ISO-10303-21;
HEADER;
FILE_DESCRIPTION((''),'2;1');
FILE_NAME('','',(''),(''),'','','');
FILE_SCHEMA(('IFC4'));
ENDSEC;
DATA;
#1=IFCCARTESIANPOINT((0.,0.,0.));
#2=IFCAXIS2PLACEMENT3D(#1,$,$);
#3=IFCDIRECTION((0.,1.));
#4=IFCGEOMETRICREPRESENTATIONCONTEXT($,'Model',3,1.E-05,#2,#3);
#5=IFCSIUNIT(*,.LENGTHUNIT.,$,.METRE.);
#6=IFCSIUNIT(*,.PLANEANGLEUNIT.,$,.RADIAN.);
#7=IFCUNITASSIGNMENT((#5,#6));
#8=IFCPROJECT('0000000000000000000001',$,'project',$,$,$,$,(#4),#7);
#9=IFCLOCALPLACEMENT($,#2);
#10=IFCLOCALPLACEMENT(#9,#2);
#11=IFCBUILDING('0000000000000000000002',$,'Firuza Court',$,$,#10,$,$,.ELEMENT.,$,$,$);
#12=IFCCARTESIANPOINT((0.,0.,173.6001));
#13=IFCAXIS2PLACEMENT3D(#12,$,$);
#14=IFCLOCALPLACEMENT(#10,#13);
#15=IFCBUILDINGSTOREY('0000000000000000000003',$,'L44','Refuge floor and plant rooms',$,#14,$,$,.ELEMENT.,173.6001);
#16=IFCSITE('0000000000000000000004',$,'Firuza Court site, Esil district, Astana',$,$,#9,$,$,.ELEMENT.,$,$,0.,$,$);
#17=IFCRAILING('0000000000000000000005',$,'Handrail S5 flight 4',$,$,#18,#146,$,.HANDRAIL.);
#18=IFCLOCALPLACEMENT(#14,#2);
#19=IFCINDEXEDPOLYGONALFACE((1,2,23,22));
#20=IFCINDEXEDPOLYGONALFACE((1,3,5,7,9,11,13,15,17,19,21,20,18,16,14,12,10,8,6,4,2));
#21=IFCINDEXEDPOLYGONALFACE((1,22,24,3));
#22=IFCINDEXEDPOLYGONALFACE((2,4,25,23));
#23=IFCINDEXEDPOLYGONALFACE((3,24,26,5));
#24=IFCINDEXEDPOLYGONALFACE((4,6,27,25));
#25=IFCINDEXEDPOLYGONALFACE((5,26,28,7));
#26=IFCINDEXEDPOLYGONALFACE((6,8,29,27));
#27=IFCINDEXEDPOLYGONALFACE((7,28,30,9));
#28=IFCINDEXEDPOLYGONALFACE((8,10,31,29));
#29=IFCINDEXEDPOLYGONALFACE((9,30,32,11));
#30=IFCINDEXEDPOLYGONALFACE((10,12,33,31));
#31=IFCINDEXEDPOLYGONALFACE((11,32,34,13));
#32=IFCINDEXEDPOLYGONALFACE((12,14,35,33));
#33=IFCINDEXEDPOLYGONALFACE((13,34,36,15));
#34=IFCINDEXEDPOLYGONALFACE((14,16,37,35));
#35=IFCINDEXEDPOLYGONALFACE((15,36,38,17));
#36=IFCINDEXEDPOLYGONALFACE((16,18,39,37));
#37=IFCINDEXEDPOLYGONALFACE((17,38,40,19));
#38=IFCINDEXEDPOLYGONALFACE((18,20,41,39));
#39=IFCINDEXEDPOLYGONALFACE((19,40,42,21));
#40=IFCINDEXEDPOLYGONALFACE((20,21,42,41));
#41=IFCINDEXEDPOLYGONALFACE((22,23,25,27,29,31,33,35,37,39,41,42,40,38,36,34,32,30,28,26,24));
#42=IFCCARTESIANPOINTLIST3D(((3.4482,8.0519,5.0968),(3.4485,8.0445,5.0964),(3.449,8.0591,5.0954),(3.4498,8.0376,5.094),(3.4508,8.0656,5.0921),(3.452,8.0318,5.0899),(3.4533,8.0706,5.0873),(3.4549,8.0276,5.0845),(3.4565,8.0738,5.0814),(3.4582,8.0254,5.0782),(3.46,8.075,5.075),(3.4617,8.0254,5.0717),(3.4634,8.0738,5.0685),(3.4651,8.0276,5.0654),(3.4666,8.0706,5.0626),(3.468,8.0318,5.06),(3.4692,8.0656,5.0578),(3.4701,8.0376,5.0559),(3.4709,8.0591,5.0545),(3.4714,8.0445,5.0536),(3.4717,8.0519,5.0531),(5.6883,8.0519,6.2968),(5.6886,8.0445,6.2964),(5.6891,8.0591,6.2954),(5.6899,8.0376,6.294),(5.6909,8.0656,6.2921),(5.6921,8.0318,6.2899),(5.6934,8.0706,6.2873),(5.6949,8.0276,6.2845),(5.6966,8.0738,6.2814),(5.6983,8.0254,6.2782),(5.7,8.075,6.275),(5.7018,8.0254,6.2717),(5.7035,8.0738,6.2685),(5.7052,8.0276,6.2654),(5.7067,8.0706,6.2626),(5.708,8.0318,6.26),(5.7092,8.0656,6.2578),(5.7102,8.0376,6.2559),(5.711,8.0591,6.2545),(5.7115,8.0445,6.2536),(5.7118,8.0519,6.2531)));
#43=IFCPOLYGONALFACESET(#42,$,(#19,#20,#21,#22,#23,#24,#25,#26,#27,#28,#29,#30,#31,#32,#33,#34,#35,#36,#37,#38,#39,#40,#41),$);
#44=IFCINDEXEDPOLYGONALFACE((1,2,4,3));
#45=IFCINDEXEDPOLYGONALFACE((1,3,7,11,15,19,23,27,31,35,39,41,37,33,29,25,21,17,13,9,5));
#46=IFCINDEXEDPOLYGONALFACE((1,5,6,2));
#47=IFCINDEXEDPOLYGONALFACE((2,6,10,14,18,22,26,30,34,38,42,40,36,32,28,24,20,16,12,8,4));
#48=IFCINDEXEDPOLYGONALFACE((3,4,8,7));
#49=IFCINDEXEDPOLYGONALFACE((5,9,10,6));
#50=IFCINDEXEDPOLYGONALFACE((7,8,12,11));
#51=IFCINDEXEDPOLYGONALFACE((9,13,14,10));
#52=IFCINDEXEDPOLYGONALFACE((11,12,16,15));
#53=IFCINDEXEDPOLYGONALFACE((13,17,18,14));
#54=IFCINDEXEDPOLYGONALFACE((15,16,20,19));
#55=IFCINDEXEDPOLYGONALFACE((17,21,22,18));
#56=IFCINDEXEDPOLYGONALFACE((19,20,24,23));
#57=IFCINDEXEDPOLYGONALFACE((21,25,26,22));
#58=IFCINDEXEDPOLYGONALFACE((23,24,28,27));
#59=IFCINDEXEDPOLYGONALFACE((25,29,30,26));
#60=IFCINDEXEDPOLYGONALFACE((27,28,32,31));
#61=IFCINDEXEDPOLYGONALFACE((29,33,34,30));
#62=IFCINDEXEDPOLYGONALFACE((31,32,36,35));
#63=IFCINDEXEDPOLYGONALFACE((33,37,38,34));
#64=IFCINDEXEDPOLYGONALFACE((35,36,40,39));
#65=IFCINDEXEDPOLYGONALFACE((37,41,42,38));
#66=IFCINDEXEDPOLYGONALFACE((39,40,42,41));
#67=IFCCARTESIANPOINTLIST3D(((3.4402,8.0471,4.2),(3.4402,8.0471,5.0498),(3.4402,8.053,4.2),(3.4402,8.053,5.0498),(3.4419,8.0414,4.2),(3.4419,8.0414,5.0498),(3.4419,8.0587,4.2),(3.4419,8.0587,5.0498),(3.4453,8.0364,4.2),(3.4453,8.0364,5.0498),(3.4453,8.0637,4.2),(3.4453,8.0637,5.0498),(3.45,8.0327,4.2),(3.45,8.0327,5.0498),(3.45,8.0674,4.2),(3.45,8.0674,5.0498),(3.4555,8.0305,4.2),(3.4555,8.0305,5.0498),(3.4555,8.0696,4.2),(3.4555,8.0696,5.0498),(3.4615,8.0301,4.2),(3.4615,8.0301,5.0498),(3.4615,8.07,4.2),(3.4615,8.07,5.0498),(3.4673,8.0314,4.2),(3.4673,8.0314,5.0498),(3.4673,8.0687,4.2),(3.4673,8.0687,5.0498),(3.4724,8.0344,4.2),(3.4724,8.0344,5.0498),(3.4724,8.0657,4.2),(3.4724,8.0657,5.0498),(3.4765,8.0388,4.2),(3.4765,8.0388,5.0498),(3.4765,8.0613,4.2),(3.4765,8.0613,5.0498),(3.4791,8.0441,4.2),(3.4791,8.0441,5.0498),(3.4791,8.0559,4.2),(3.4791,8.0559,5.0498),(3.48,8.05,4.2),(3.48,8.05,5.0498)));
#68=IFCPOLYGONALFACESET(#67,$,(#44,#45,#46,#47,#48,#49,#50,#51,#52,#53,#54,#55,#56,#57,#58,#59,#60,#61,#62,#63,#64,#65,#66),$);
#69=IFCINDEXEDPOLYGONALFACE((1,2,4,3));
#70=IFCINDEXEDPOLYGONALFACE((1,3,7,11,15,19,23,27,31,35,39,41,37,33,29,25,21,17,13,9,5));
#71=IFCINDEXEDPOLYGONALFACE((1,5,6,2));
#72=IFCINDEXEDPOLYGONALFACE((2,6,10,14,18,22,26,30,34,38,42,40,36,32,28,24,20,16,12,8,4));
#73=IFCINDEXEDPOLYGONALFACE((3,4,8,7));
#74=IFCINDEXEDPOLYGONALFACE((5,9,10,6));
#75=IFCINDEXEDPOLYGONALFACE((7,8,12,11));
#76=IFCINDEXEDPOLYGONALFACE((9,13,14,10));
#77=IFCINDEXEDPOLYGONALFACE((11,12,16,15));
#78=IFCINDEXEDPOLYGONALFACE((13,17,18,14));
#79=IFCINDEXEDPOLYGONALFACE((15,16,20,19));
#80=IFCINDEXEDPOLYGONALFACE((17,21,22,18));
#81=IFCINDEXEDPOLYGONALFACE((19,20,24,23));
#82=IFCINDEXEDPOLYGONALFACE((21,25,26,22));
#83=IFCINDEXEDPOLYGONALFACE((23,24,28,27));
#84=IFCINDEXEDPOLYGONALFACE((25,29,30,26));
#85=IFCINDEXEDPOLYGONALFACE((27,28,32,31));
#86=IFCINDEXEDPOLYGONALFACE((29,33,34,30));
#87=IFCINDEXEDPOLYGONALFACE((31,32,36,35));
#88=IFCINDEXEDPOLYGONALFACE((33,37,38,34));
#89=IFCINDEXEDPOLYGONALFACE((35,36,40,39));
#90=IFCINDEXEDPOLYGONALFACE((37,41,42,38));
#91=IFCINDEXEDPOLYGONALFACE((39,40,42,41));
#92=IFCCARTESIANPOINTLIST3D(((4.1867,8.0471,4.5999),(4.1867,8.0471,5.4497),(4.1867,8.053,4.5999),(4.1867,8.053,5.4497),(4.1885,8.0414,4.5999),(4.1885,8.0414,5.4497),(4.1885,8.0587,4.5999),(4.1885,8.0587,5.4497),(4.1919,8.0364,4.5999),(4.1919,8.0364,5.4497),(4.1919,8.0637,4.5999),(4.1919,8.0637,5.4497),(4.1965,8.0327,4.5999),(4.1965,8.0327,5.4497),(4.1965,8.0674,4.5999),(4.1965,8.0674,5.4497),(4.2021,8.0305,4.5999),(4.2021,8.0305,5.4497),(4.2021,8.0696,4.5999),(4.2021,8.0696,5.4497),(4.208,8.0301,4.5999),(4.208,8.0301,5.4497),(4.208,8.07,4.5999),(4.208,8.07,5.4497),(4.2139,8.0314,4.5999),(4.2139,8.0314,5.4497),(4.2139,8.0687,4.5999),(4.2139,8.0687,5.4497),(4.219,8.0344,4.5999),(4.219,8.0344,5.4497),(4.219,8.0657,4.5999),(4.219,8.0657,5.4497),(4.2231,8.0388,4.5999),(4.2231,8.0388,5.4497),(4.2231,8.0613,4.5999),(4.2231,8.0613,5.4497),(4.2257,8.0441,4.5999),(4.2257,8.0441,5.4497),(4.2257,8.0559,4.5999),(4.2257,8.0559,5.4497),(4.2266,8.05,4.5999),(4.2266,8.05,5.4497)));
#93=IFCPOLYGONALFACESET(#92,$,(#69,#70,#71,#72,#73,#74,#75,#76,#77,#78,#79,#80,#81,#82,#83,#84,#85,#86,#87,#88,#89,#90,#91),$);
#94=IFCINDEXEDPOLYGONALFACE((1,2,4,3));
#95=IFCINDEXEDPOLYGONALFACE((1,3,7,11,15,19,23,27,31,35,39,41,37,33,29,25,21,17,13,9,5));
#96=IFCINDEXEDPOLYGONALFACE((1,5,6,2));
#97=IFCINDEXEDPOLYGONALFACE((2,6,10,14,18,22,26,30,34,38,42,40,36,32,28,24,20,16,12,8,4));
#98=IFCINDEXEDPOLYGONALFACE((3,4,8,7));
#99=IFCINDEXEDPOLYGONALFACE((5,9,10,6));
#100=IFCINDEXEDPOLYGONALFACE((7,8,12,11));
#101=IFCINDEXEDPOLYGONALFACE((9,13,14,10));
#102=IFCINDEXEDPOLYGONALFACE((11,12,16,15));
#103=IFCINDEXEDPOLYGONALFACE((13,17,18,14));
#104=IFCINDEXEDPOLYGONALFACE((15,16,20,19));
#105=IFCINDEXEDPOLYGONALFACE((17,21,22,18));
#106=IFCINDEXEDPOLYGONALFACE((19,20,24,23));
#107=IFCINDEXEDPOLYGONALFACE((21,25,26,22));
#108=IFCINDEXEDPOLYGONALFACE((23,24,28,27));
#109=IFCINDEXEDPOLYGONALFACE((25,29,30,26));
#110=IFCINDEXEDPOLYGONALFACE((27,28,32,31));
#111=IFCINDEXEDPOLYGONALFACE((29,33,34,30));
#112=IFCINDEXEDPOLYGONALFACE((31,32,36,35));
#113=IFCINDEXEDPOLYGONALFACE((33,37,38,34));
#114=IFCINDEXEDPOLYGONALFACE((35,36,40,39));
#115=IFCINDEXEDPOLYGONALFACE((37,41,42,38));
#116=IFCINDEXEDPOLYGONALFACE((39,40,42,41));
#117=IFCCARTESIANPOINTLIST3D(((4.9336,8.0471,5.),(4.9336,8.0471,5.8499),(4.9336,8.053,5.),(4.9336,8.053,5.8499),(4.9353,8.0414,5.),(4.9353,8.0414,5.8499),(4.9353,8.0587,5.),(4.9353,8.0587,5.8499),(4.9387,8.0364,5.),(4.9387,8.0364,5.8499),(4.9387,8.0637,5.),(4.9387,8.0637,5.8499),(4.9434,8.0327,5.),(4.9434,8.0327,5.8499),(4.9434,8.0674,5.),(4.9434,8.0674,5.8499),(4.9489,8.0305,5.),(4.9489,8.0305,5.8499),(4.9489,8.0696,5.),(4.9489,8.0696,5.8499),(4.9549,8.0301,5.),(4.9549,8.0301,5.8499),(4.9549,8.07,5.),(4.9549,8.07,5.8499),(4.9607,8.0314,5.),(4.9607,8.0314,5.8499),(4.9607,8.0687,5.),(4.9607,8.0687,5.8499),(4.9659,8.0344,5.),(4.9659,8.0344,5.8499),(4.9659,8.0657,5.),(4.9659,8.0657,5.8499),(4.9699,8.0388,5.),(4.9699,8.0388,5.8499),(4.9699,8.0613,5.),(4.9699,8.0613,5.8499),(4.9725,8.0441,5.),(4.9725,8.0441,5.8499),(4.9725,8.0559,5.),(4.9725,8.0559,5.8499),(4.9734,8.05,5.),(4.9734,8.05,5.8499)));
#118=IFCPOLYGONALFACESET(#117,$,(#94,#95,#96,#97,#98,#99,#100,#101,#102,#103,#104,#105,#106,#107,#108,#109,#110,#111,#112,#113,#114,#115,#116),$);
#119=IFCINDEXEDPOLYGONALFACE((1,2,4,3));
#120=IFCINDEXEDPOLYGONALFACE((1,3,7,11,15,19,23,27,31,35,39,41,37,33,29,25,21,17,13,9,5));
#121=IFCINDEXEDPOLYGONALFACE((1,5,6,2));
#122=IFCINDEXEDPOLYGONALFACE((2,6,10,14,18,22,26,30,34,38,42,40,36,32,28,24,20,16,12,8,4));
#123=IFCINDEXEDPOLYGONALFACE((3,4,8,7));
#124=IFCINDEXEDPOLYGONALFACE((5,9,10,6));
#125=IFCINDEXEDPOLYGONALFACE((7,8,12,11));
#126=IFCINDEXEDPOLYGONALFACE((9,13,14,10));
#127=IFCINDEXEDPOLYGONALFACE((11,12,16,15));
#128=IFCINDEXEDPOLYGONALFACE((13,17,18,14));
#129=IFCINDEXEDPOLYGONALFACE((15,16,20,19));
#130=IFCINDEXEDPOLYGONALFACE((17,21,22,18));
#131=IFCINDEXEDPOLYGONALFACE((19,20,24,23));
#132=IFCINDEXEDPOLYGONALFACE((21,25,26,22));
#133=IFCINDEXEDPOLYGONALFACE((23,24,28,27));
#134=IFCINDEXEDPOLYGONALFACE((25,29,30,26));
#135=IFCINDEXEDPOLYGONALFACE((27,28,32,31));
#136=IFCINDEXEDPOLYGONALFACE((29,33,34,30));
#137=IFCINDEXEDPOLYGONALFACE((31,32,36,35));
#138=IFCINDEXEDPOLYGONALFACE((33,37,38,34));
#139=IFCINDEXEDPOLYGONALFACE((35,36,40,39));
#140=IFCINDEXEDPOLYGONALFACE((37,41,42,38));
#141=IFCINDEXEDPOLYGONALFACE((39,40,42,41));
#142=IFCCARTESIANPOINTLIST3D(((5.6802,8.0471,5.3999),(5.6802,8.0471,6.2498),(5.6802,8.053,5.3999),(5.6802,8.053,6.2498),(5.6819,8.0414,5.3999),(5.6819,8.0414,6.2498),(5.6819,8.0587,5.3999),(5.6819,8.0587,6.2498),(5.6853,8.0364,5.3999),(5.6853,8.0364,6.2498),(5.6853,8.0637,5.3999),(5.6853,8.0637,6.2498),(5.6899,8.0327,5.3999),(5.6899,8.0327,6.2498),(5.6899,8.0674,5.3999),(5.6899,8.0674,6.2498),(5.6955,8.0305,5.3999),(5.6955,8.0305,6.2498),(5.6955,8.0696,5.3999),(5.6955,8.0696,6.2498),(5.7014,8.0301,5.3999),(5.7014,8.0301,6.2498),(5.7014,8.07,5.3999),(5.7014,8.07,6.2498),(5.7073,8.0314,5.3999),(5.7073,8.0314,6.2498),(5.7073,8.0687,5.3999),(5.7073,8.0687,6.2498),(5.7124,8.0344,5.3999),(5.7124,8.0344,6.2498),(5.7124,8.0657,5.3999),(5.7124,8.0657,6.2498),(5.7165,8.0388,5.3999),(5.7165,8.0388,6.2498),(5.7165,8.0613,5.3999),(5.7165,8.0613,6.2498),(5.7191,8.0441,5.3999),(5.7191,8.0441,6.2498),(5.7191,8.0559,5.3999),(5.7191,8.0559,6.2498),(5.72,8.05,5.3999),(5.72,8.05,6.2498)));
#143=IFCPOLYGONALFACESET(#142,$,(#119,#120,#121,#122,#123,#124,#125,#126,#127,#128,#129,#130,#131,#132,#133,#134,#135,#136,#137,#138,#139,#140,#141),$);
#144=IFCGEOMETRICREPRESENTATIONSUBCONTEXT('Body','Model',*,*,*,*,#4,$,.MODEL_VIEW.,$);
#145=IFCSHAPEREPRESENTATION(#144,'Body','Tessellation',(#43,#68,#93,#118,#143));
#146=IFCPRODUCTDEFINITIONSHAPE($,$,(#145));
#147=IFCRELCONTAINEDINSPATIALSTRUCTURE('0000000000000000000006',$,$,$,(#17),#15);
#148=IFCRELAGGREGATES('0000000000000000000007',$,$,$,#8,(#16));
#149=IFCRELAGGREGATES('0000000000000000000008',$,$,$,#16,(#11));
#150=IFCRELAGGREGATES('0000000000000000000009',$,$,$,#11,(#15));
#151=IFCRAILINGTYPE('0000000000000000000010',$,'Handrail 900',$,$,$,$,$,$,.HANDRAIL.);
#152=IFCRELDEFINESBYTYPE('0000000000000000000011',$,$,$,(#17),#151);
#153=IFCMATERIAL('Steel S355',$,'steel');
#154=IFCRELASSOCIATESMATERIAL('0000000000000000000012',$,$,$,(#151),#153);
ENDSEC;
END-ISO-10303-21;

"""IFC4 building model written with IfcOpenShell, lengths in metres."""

from ifc_helpers import new_model, si_unit, direction, frame, origin, origin_2d, place, context, subcontext, project, spatial, circle, extrude, material, type_object, element, save


model = new_model("IFC4")

# Units and contexts
model_context = context("Model", 3, precision=1e-05, world=origin(), true_north=direction((0.0, 1.0)))
body_context = subcontext(model_context, "Body", "Model", "MODEL_VIEW")
ifc_project = project(units=[si_unit("LENGTHUNIT", "METRE"), si_unit("PLANEANGLEUNIT", "RADIAN")], contexts=[model_context])

# Site, building, storey
site_placement = place(None, origin())
site = spatial("IfcSite", under=ifc_project, at=site_placement, Name="Firuza Court site, Esil district, Astana", CompositionType="ELEMENT", RefElevation=0.0)
building_placement = place(site_placement, origin())
building = spatial("IfcBuilding", under=site, at=building_placement, Name="Firuza Court", CompositionType="ELEMENT")
storey_placement = place(building_placement, frame((0.0, 0.0, 173.6001)))
storey = spatial("IfcBuildingStorey", under=building, at=storey_placement, Name="L44", Description="Refuge floor and plant rooms", CompositionType="ELEMENT", Elevation=173.6001)

# Railing
ifc_material_1 = material(Name="Steel S355", Category="steel")
railing_type_1 = type_object("IfcRailingType", Name="Handrail 900", PredefinedType="HANDRAIL", material=ifc_material_1)
railing_1_placement = place(storey_placement, frame((3.46, 8.05, 4.2)))
element("IfcRailing", 1, at=railing_1_placement, inside=storey, type_object=railing_type_1, Name="Handrail S5 flight 4", PredefinedType="HANDRAIL", context=body_context, shape_type="SweptSolid", body=[
    extrude(circle(Radius=0.0249, at=origin_2d()), frame((0.0, 0.0, 0.875), z_axis=(0.881487, 0.0, 0.472208), x_axis=(0.0, 1.0, 0.0)), (0.0, 0.0, 1.0), 2.5413),
    extrude(circle(Radius=0.02, at=origin_2d()), origin(), (0.0, 0.0, 1.0), 0.8499),
    extrude(circle(Radius=0.02, at=origin_2d()), frame((0.7466, 0.0, 0.3999)), (0.0, 0.0, 1.0), 0.8499),
    extrude(circle(Radius=0.02, at=origin_2d()), frame((1.4934, 0.0, 0.8)), (0.0, 0.0, 1.0), 0.8499),
    extrude(circle(Radius=0.02, at=origin_2d()), frame((2.24, 0.0, 1.2)), (0.0, 0.0, 1.0), 0.8499),
])

save(model, "model.ifc")
